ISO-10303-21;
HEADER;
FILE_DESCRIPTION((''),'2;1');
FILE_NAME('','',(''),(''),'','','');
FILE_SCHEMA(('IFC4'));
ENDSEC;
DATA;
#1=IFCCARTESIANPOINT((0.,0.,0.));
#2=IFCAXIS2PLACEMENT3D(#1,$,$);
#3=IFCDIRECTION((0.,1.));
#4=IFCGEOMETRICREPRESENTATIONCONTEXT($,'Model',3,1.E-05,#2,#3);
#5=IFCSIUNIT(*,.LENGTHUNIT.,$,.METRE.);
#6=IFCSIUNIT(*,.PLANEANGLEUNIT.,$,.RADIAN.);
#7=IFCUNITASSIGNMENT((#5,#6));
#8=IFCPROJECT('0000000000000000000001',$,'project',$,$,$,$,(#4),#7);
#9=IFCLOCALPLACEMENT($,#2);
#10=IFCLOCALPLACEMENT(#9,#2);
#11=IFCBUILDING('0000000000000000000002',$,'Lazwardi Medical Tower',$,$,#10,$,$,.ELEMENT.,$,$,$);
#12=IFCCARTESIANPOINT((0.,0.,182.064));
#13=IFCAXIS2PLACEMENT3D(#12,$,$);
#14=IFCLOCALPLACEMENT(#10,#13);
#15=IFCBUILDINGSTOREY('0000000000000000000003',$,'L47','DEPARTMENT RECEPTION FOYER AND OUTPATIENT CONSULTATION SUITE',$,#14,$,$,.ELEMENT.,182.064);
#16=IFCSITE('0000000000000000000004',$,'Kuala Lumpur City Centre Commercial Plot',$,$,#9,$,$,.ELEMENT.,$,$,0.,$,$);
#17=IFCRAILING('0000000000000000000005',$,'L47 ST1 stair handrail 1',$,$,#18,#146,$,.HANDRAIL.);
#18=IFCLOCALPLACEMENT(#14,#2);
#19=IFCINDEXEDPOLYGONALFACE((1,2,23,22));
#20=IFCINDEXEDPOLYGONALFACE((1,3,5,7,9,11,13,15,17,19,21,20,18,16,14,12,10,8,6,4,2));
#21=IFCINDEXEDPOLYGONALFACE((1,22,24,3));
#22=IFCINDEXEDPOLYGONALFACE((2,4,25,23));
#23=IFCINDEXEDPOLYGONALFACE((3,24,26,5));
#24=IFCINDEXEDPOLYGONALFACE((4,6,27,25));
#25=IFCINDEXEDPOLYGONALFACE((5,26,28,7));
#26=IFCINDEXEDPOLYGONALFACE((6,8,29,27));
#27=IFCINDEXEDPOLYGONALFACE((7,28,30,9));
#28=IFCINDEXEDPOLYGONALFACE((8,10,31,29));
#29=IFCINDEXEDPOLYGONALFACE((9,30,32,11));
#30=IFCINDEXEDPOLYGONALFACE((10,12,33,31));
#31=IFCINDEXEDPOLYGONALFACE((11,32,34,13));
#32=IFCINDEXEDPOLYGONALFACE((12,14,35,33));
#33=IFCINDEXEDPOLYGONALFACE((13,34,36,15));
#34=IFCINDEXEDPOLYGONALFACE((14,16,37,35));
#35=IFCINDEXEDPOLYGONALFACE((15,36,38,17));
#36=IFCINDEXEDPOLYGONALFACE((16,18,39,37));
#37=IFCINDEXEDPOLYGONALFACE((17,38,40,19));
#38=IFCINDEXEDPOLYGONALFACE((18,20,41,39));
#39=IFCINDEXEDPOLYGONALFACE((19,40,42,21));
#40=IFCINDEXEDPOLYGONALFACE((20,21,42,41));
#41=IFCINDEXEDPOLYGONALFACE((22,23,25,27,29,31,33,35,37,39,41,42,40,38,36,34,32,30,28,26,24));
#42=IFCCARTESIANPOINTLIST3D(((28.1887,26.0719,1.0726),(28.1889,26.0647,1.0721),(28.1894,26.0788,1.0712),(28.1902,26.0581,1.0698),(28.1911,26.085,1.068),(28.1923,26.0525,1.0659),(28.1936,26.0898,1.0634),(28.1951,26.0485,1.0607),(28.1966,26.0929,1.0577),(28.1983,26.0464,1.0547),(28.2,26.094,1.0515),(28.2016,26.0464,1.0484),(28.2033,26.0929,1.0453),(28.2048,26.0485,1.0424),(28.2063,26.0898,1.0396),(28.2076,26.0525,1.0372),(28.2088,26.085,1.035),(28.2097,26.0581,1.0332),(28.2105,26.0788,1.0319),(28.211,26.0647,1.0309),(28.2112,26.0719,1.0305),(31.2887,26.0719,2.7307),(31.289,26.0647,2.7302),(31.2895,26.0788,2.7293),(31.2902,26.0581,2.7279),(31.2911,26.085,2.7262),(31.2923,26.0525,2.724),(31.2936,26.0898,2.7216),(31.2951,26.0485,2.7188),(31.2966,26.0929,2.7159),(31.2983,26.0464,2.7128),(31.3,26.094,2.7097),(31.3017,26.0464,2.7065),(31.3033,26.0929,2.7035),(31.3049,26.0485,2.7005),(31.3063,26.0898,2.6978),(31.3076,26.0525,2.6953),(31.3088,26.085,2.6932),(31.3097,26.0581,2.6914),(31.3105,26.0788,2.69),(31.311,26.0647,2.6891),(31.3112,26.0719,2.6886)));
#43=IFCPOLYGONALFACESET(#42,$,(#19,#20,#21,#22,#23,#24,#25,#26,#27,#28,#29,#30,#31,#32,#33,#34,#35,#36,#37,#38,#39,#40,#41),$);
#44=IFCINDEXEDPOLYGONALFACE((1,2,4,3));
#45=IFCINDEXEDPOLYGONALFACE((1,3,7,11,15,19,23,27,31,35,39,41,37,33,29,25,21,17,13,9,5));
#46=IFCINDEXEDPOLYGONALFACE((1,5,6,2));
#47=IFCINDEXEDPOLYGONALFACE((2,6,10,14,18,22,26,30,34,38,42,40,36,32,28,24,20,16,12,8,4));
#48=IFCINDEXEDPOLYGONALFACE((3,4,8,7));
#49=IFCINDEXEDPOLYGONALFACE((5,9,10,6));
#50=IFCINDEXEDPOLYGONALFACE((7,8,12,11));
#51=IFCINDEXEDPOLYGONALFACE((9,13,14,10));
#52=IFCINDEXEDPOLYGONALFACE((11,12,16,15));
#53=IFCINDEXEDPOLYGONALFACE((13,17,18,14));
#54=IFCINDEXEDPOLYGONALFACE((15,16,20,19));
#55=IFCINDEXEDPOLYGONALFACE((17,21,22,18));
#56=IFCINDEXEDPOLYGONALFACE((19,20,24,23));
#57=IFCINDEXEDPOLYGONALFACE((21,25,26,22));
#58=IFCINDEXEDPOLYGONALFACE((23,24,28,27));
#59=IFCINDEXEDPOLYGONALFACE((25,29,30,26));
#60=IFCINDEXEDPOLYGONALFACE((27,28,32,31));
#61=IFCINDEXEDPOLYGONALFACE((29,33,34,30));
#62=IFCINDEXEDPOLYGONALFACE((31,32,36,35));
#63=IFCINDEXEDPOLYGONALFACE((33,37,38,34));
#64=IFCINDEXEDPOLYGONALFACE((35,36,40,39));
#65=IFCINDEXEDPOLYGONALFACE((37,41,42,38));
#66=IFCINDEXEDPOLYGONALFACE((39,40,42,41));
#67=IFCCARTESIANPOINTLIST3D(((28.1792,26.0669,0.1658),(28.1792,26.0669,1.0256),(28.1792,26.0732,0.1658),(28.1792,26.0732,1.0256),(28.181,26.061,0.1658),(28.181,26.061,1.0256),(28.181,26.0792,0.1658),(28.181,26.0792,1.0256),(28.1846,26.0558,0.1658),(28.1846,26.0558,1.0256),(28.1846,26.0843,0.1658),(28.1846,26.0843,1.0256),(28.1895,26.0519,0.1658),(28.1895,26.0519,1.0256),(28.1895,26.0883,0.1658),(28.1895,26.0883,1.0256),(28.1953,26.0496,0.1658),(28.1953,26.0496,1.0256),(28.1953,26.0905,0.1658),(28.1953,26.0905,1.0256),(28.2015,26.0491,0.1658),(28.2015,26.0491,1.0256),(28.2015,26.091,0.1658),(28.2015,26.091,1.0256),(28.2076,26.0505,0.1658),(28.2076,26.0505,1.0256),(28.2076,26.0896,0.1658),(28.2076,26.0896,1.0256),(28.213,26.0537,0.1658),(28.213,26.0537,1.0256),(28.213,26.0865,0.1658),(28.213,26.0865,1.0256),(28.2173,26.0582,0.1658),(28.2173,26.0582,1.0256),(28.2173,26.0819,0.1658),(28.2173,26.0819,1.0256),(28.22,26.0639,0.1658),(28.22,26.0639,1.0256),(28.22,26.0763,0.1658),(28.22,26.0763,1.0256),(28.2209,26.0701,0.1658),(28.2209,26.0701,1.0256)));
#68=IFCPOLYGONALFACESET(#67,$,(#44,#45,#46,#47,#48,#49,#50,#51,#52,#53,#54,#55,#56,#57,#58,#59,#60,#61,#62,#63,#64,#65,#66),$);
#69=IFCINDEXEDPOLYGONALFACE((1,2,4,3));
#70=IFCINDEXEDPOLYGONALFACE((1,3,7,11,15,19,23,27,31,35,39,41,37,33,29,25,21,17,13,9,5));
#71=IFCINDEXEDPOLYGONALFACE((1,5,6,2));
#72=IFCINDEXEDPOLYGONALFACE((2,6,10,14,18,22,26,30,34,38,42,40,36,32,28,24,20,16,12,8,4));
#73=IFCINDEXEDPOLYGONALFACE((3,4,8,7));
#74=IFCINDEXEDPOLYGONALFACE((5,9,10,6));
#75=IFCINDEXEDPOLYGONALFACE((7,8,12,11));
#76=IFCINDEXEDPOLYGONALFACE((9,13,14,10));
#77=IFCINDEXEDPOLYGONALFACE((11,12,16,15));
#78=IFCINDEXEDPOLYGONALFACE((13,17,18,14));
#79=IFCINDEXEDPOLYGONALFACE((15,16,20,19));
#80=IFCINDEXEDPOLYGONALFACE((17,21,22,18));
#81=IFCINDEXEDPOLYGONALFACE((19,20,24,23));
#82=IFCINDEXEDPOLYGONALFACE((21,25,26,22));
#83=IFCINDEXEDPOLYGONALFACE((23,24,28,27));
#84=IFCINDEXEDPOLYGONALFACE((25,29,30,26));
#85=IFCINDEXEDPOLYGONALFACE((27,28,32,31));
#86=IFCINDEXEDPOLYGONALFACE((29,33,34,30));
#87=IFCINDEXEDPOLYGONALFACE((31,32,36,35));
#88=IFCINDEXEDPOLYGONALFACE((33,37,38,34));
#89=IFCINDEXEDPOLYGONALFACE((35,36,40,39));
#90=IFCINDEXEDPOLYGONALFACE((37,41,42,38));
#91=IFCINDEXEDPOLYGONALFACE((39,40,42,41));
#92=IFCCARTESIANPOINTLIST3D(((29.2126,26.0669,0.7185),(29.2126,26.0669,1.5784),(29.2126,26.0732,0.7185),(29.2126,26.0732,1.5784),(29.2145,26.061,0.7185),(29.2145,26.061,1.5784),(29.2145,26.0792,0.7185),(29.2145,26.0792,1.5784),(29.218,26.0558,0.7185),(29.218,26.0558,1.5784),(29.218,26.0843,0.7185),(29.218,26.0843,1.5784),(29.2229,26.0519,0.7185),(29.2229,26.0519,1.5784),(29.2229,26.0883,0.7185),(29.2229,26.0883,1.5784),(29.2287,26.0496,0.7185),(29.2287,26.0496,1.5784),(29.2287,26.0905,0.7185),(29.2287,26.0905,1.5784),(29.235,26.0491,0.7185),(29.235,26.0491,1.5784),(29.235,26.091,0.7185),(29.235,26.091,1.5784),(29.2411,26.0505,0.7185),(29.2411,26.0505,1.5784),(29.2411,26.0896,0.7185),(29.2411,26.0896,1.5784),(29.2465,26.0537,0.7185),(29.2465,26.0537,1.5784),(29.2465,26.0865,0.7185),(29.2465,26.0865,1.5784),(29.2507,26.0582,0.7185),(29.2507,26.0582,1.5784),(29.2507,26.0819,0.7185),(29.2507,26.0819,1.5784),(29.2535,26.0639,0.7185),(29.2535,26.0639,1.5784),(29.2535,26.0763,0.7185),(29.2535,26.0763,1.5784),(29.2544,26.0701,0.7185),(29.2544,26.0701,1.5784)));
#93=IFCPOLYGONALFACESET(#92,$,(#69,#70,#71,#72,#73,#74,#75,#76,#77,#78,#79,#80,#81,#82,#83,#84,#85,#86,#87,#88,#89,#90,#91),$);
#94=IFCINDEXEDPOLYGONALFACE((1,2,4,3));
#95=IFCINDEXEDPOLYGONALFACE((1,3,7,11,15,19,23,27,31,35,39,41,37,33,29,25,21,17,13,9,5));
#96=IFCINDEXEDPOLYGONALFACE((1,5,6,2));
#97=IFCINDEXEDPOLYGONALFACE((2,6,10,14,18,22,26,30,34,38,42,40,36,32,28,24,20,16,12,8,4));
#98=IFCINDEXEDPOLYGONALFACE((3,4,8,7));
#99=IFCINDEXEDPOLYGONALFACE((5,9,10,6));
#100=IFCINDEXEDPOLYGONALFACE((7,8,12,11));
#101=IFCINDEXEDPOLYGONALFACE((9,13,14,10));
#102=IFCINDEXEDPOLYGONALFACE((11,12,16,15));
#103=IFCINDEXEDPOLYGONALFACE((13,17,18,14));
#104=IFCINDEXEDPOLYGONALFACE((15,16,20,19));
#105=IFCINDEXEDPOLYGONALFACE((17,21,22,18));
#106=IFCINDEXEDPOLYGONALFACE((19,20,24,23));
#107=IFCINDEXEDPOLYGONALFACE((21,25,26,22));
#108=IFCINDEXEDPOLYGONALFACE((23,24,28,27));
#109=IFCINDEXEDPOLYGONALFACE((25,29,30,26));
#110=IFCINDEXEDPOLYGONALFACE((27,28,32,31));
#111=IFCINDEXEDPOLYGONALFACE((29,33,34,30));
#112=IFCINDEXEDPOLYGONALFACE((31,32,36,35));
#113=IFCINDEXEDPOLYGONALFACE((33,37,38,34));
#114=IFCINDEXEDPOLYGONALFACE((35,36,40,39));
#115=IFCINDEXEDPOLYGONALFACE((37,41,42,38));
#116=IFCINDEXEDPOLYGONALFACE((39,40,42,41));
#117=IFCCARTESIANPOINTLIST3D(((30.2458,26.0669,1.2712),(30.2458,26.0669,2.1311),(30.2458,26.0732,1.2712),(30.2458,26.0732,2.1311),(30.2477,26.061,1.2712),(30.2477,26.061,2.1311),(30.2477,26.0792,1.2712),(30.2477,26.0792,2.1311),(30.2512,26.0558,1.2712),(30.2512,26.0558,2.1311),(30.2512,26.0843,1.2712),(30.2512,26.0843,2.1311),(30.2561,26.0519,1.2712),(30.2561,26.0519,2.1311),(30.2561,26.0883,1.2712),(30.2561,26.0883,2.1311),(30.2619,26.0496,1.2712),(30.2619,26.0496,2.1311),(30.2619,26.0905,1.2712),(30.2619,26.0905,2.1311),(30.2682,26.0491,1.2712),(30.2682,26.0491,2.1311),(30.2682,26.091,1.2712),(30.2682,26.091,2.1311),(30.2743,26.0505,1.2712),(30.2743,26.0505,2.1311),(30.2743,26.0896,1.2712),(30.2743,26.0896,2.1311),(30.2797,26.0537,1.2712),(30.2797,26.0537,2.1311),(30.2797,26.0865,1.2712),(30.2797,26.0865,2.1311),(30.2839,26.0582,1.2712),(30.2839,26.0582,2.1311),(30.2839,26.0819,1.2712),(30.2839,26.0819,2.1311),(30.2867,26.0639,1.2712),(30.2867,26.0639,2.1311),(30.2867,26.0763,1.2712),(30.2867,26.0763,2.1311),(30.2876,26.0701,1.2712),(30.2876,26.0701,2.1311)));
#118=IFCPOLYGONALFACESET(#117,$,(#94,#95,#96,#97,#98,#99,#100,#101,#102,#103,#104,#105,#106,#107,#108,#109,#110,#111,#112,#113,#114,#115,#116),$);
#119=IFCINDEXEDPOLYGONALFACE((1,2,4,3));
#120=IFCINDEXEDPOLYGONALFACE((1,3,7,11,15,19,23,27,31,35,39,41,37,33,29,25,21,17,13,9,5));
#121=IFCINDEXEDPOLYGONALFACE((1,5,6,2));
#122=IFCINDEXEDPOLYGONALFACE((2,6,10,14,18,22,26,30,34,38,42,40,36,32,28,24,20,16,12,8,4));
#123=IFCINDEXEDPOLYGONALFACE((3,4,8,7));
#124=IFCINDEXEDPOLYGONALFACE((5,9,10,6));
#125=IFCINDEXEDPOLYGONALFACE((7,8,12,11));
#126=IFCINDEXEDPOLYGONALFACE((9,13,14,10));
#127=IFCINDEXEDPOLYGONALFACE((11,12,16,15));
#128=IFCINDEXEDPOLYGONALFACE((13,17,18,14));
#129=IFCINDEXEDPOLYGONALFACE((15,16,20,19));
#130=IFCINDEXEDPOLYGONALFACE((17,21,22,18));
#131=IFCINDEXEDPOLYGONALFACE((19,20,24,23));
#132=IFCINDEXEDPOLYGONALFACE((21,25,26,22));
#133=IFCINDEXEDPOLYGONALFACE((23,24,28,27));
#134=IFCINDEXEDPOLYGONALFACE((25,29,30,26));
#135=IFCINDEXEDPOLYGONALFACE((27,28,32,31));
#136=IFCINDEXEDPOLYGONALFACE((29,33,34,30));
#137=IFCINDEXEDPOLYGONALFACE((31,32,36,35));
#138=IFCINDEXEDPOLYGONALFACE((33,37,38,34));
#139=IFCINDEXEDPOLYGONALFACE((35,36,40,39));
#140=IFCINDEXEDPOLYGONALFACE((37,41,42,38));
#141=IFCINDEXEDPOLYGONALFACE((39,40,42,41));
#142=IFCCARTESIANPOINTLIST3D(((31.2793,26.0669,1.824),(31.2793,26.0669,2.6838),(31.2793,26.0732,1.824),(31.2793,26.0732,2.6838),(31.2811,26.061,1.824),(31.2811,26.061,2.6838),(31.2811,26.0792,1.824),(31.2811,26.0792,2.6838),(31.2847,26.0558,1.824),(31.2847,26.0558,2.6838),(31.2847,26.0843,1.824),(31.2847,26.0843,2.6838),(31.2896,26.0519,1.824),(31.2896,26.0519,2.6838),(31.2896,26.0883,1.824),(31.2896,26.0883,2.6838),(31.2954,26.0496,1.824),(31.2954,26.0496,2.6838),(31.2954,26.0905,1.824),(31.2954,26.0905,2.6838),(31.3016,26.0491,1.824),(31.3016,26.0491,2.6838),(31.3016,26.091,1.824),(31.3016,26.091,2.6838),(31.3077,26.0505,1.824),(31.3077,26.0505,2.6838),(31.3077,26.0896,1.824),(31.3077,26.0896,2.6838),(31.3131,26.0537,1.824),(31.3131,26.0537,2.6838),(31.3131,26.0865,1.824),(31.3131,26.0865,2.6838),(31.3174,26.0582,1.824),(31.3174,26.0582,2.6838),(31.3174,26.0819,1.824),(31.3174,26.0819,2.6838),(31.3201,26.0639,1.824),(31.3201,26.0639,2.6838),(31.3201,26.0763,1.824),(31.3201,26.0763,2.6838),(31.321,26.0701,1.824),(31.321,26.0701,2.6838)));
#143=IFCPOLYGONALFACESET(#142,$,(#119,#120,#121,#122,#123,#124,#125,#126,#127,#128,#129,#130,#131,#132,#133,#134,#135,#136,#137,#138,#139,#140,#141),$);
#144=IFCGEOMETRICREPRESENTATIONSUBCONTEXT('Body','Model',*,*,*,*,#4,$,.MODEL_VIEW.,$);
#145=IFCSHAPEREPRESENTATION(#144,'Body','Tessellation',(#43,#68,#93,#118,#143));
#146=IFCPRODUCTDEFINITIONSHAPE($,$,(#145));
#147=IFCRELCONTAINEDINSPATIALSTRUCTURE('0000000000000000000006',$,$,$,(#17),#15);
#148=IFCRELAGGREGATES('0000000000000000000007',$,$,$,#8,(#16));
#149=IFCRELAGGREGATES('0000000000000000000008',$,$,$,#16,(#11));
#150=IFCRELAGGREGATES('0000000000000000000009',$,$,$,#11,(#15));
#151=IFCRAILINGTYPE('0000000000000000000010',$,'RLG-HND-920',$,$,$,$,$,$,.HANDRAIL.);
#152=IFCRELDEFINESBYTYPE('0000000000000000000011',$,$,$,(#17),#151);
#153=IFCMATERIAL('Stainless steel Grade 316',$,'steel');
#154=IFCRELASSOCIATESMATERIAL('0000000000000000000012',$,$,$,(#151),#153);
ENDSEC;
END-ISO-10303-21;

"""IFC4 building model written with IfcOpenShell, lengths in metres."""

from ifc_helpers import new_model, si_unit, direction, frame, origin, origin_2d, place, context, subcontext, project, spatial, circle, extrude, material, type_object, element, save


model = new_model("IFC4")

# Units and contexts
model_context = context("Model", 3, precision=1e-05, world=origin(), true_north=direction((0.0, 1.0)))
body_context = subcontext(model_context, "Body", "Model", "MODEL_VIEW")
ifc_project = project(units=[si_unit("LENGTHUNIT", "METRE"), si_unit("PLANEANGLEUNIT", "RADIAN")], contexts=[model_context])

# Site, building, storey
site_placement = place(None, origin())
site = spatial("IfcSite", under=ifc_project, at=site_placement, Name="Kuala Lumpur City Centre Commercial Plot", CompositionType="ELEMENT", RefElevation=0.0)
building_placement = place(site_placement, origin())
building = spatial("IfcBuilding", under=site, at=building_placement, Name="Lazwardi Medical Tower", CompositionType="ELEMENT")
storey_placement = place(building_placement, frame((0.0, 0.0, 182.064)))
storey = spatial("IfcBuildingStorey", under=building, at=storey_placement, Name="L47", Description="DEPARTMENT RECEPTION FOYER AND OUTPATIENT CONSULTATION SUITE", CompositionType="ELEMENT", Elevation=182.064)

# Railing
ifc_material_1 = material(Name="Stainless steel Grade 316", Category="steel")
railing_type_1 = type_object("IfcRailingType", Name="RLG-HND-920", PredefinedType="HANDRAIL", material=ifc_material_1)
railing_1_placement = place(storey_placement, frame((28.2, 26.0701, 0.1658)))
element("IfcRailing", 1, at=railing_1_placement, inside=storey, type_object=railing_type_1, Name="L47 ST1 stair handrail 1", PredefinedType="HANDRAIL", context=body_context, shape_type="SweptSolid", body=[
    extrude(circle(Radius=0.0239, at=origin_2d()), frame((0.0, 0.0, 0.8857), z_axis=(0.881783, 0.0, 0.471655), x_axis=(0.0, 1.0, 0.0)), (0.0, 0.0, 1.0), 3.5156),
    extrude(circle(Radius=0.021, at=origin_2d()), origin(), (0.0, 0.0, 1.0), 0.8599),
    extrude(circle(Radius=0.021, at=origin_2d()), frame((1.0334, 0.0, 0.5527)), (0.0, 0.0, 1.0), 0.8599),
    extrude(circle(Radius=0.021, at=origin_2d()), frame((2.0667, 0.0, 1.1055)), (0.0, 0.0, 1.0), 0.8599),
    extrude(circle(Radius=0.021, at=origin_2d()), frame((3.1001, 0.0, 1.6582)), (0.0, 0.0, 1.0), 0.8599),
])

save(model, "model.ifc")
